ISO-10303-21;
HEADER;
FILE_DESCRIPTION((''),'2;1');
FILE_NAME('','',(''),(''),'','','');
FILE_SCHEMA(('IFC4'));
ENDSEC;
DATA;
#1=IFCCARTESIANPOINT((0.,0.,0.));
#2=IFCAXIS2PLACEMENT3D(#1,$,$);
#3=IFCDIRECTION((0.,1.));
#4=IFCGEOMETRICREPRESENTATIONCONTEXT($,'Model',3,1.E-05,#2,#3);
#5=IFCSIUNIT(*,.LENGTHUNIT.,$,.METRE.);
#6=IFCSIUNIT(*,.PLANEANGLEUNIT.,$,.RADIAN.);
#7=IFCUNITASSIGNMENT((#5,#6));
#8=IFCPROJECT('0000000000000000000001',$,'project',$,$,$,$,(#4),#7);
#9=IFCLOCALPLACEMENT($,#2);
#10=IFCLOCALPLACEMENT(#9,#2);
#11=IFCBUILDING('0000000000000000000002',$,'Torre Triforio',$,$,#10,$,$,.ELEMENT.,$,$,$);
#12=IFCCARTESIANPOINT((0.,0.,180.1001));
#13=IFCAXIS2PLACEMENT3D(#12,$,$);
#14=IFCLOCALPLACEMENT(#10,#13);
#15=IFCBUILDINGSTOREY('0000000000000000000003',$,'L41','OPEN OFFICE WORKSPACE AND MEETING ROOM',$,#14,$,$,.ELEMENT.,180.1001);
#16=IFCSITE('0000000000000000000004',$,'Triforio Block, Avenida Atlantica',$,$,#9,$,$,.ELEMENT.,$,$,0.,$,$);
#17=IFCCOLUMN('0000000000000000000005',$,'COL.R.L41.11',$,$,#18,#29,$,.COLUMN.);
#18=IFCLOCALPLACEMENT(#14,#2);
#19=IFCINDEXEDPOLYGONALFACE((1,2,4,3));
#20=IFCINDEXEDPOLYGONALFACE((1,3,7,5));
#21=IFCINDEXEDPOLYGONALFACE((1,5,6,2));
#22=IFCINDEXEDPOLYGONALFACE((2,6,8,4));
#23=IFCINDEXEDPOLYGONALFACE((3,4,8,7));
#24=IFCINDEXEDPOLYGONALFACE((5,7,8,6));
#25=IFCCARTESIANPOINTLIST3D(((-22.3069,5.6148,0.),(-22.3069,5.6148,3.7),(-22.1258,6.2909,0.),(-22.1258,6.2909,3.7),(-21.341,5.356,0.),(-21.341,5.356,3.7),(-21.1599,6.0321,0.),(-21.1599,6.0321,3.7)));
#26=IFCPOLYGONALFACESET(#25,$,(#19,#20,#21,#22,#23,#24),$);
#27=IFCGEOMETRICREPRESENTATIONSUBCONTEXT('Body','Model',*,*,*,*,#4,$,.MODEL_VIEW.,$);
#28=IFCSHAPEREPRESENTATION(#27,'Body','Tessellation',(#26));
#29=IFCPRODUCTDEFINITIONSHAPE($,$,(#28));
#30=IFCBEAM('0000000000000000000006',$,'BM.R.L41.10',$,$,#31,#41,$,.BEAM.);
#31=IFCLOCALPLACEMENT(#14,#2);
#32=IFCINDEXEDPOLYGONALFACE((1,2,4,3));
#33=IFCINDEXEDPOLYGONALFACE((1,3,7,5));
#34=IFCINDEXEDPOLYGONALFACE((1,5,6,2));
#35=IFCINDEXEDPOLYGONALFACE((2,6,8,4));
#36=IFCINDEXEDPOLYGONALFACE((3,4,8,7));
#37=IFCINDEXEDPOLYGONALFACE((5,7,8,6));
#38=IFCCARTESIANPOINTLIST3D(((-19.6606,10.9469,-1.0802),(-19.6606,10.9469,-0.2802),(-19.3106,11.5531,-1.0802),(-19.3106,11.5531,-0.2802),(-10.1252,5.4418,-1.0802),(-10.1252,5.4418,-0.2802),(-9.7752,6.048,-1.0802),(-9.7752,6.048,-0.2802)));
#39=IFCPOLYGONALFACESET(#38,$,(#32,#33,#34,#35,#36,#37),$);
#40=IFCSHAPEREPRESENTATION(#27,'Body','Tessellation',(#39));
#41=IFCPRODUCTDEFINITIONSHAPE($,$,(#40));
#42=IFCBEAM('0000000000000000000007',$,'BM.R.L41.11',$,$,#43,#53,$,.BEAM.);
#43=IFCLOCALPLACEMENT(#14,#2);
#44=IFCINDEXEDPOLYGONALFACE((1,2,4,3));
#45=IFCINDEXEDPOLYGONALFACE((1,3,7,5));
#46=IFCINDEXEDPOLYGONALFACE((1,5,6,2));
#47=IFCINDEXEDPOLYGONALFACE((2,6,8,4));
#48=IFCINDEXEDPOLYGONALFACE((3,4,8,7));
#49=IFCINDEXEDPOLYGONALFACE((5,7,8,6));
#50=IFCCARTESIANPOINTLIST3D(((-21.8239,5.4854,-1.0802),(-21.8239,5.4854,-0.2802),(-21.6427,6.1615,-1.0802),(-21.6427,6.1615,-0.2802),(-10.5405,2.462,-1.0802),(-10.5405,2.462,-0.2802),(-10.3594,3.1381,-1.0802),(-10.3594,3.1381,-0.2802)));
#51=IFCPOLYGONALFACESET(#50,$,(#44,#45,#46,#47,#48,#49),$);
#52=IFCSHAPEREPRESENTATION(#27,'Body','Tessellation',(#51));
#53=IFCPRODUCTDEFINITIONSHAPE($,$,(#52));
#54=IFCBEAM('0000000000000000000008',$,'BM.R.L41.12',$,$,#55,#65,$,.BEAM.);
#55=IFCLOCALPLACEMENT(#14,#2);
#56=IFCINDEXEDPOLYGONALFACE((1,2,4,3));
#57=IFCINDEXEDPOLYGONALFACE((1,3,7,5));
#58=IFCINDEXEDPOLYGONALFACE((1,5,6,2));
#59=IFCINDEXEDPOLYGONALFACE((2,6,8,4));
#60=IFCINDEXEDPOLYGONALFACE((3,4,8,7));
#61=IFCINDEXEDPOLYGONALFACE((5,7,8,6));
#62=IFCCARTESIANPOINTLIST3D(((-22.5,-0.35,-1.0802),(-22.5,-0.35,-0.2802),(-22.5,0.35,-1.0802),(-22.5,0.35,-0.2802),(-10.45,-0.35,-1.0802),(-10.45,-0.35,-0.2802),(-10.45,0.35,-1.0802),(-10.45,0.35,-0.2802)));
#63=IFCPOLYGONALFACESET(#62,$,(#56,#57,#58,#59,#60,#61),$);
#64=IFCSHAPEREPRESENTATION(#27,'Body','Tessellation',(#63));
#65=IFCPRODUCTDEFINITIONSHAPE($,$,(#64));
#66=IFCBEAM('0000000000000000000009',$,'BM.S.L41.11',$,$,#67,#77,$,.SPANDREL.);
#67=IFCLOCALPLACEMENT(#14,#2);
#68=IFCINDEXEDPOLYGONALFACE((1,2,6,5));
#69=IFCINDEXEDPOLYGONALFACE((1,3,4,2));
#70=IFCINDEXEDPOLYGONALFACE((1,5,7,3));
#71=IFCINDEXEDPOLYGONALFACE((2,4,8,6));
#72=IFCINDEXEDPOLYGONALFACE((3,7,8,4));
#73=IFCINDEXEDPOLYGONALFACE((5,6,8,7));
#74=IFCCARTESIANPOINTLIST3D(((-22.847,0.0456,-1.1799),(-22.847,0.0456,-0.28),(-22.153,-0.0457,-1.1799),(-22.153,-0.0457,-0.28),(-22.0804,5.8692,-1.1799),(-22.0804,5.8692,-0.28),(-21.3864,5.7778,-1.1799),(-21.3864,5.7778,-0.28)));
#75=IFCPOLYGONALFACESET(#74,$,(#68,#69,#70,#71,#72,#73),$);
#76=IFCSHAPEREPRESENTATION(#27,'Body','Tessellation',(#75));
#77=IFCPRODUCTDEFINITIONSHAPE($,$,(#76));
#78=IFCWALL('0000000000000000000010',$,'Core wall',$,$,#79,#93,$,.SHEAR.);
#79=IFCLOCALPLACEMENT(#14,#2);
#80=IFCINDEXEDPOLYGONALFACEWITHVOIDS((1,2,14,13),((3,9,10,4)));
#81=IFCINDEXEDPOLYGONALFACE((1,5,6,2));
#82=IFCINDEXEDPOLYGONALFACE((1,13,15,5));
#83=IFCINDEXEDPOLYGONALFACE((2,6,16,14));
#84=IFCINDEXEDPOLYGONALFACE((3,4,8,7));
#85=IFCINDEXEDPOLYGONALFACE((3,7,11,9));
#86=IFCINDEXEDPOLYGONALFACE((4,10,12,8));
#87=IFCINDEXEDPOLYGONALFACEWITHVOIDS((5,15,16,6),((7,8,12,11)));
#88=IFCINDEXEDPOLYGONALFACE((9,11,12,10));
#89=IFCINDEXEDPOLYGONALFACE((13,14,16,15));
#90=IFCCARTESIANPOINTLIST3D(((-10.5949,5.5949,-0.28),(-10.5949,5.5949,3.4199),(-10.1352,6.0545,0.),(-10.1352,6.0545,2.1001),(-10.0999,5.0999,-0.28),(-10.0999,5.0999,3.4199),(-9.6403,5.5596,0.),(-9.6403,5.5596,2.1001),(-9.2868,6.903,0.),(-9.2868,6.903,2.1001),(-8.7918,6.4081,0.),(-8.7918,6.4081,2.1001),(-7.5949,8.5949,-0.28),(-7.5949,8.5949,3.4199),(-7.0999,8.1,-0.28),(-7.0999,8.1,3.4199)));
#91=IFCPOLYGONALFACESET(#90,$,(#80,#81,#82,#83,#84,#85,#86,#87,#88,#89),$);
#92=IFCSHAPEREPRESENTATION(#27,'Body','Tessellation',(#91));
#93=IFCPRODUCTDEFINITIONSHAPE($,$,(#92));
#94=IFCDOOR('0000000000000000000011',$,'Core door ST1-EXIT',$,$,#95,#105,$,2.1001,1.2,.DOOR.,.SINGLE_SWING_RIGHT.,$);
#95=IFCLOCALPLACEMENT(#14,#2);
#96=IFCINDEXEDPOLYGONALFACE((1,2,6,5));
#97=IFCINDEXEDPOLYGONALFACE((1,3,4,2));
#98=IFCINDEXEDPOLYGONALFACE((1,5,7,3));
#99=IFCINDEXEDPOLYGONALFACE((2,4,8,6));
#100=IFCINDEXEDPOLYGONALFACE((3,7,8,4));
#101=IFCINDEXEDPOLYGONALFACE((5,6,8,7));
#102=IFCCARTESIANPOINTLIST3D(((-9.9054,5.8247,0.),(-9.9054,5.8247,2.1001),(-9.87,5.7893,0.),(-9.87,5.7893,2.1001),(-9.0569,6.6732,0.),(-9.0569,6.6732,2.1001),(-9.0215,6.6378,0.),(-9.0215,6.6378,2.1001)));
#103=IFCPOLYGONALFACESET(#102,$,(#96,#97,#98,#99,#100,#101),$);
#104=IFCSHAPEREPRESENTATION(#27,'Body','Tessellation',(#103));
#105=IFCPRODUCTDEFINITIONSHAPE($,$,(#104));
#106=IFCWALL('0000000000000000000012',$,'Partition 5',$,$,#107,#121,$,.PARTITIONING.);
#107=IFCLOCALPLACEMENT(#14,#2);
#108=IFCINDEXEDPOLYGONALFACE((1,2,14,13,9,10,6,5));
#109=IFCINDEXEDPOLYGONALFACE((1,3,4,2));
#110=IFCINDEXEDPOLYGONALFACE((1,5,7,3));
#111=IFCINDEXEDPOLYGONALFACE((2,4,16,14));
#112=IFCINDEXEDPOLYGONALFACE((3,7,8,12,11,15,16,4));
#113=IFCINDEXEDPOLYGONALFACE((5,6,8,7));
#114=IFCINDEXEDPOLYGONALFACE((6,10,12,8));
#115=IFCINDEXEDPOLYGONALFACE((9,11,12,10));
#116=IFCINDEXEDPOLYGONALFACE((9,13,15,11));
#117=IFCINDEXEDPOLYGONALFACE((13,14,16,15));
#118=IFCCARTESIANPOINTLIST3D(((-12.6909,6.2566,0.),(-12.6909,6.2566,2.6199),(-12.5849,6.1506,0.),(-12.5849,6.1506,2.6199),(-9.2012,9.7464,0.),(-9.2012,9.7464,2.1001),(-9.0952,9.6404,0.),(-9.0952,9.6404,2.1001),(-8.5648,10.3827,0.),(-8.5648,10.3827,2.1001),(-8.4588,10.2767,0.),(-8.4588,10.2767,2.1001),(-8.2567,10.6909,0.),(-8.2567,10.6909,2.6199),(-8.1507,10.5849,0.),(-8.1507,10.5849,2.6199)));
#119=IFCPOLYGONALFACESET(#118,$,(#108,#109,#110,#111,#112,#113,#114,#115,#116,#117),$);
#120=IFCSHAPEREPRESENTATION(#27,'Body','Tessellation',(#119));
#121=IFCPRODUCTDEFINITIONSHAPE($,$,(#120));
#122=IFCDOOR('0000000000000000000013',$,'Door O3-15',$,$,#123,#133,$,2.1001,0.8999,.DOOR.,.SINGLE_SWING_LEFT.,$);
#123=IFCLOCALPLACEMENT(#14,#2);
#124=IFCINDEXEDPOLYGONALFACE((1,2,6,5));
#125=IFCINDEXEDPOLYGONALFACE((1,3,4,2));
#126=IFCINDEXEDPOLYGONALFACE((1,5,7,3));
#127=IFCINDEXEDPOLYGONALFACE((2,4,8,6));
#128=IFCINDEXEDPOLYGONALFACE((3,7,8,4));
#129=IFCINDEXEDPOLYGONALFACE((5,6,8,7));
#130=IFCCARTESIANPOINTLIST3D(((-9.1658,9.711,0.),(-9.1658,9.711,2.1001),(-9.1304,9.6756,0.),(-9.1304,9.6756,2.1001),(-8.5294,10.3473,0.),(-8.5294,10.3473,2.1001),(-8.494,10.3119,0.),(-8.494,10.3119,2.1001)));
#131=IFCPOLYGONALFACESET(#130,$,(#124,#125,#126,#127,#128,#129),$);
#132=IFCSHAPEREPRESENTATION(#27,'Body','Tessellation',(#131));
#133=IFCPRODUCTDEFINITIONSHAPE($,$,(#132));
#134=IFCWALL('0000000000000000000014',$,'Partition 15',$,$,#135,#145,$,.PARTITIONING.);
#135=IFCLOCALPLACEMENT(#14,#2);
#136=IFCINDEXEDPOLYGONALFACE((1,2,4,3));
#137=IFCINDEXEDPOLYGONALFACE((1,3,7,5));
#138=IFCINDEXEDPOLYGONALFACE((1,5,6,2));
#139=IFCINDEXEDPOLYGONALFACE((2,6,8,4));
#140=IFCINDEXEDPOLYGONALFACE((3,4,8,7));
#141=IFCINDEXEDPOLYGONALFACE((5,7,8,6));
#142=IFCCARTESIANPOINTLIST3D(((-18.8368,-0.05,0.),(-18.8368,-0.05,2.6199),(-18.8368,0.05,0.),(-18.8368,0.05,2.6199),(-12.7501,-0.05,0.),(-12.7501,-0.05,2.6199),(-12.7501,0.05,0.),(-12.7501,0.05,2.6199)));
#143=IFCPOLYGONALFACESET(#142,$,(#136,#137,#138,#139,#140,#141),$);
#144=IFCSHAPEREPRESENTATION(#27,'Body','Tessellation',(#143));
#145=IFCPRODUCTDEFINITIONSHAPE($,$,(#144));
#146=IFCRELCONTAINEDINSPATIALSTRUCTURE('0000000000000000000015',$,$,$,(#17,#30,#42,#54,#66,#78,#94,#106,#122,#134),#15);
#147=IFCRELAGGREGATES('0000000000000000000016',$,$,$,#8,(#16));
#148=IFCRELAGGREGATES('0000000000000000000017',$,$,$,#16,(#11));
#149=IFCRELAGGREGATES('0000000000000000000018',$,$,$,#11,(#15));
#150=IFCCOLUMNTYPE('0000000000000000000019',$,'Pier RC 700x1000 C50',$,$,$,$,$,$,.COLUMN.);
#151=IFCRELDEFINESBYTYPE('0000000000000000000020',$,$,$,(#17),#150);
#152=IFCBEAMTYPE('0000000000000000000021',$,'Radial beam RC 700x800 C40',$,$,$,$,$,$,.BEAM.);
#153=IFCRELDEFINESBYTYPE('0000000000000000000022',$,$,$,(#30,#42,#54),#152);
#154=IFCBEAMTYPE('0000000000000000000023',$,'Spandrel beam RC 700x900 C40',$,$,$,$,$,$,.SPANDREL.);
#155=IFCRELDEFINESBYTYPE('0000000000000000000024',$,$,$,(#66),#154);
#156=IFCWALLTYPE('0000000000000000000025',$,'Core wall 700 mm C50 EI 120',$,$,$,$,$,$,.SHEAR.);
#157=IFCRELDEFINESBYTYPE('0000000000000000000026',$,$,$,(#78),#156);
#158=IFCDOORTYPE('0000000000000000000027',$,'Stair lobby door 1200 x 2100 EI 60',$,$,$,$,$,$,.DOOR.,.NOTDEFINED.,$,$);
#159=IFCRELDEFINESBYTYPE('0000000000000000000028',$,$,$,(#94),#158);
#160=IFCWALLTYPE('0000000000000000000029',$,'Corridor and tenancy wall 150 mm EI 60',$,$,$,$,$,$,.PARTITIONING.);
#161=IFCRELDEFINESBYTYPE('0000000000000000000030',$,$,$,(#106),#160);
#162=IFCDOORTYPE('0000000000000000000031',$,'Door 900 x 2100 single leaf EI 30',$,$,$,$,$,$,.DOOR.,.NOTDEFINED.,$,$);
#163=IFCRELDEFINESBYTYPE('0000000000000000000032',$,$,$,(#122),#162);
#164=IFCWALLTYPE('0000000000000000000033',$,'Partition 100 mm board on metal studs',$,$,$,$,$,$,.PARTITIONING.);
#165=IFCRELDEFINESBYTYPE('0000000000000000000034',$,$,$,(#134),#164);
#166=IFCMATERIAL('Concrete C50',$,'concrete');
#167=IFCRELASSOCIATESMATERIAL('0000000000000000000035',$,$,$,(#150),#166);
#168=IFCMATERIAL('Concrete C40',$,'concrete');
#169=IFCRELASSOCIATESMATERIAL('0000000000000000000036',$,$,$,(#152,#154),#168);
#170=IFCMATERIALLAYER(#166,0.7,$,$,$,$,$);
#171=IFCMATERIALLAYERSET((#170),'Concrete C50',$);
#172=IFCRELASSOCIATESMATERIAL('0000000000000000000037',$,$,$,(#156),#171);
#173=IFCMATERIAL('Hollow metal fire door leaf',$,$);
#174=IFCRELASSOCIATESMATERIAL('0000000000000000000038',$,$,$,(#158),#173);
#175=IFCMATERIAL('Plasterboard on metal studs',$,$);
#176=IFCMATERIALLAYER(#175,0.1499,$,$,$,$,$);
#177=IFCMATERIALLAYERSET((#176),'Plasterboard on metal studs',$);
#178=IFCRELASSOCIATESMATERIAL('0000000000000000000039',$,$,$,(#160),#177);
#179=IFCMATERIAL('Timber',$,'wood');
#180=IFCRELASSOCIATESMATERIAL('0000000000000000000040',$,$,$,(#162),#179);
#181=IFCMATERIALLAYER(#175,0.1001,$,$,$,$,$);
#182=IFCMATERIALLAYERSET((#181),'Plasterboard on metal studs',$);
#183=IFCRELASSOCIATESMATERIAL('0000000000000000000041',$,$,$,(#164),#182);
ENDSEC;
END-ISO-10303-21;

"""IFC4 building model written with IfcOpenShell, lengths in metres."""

from ifc_helpers import new_model, si_unit, direction, frame, frame_2d, origin, origin_2d, place, context, subcontext, project, spatial, rectangle, extrude, material, layer, layer_set, material_profile, profile_set, type_object, element, fill, save


model = new_model("IFC4")

# Units and contexts
model_context = context("Model", 3, precision=1e-05, world=origin(), true_north=direction((0.0, 1.0)))
body_context = subcontext(model_context, "Body", "Model", "MODEL_VIEW")
ifc_project = project(units=[si_unit("LENGTHUNIT", "METRE"), si_unit("PLANEANGLEUNIT", "RADIAN")], contexts=[model_context])

# Site, building, storey
site_placement = place(None, origin())
site = spatial("IfcSite", under=ifc_project, at=site_placement, Name="Triforio Block, Avenida Atlantica", CompositionType="ELEMENT", RefElevation=0.0)
building_placement = place(site_placement, origin())
building = spatial("IfcBuilding", under=site, at=building_placement, Name="Torre Triforio", CompositionType="ELEMENT")
storey_placement = place(building_placement, frame((0.0, 0.0, 180.1001)))
storey = spatial("IfcBuildingStorey", under=building, at=storey_placement, Name="L41", Description="OPEN OFFICE WORKSPACE AND MEETING ROOM", CompositionType="ELEMENT", Elevation=180.1001)

# Column
ifc_material_1 = material(Name="Concrete C50", Category="concrete")
ifc_material_profile_1 = material_profile(ifc_material_1, rectangle(XDim=0.7, YDim=1.0, at=origin_2d()), Name="RC 700x1000")
ifc_profile_set_1 = profile_set([ifc_material_profile_1], Name="Concrete C50")
column_type = type_object("IfcColumnType", Name="Pier RC 700x1000 C50", PredefinedType="COLUMN", material=ifc_profile_set_1)
column_placement = place(storey_placement, frame((-21.7334, 5.8235, 0.0), z_axis=(0.0, 0.0, 1.0), x_axis=(-0.258819, -0.965926, 0.0)))
element("IfcColumn", 1, at=column_placement, inside=storey, type_object=column_type, Name="COL.R.L41.11", PredefinedType="COLUMN", context=body_context, shape_type="SweptSolid", body=[
    extrude(rectangle(XDim=0.7, YDim=1.0, at=origin_2d()), origin(), (0.0, 0.0, 1.0), 3.7),
])

# Beams
ifc_material_2 = material(Name="Concrete C40", Category="concrete")
ifc_material_profile_2 = material_profile(ifc_material_2, rectangle(XDim=0.7, YDim=0.8, at=origin_2d()), Name="RC 700x800")
ifc_profile_set_2 = profile_set([ifc_material_profile_2], Name="Concrete C40")
beam_type_1 = type_object("IfcBeamType", Name="Radial beam RC 700x800 C40", PredefinedType="BEAM", material=ifc_profile_set_2)
beam_1_placement = place(storey_placement, frame((-9.9502, 5.7449, -0.6802), z_axis=(-0.866031, 0.499991, 0.0), x_axis=(-0.499991, -0.866031, 0.0)))
element("IfcBeam", 2, at=beam_1_placement, inside=storey, type_object=beam_type_1, Name="BM.R.L41.10", PredefinedType="BEAM", context=body_context, shape_type="SweptSolid", body=[
    extrude(rectangle(XDim=0.7, YDim=0.8, at=origin_2d()), origin(), (0.0, 0.0, 1.0), 11.0105),
])
beam_2_placement = place(storey_placement, frame((-10.45, 2.8, -0.6802), z_axis=(-0.965925, 0.258823, 0.0), x_axis=(-0.258823, -0.965925, 0.0)))
element("IfcBeam", 3, at=beam_2_placement, inside=storey, type_object=beam_type_1, Name="BM.R.L41.11", PredefinedType="BEAM", context=body_context, shape_type="SweptSolid", body=[
    extrude(rectangle(XDim=0.7, YDim=0.8, at=origin_2d()), origin(), (0.0, 0.0, 1.0), 11.6814),
])
beam_3_placement = place(storey_placement, frame((-10.45, 0.0, -0.6802), z_axis=(-1.0, 0.0, 0.0), x_axis=(0.0, -1.0, 0.0)))
element("IfcBeam", 4, at=beam_3_placement, inside=storey, type_object=beam_type_1, Name="BM.R.L41.12", PredefinedType="BEAM", context=body_context, shape_type="SweptSolid", body=[
    extrude(rectangle(XDim=0.7, YDim=0.8, at=origin_2d()), origin(), (0.0, 0.0, 1.0), 12.05),
])
ifc_material_profile_3 = material_profile(ifc_material_2, rectangle(XDim=0.7, YDim=0.8999, at=origin_2d()), Name="RC 700x900")
ifc_profile_set_3 = profile_set([ifc_material_profile_3], Name="Concrete C40")
beam_type_2 = type_object("IfcBeamType", Name="Spandrel beam RC 700x900 C40", PredefinedType="SPANDREL", material=ifc_profile_set_3)
beam_4_placement = place(storey_placement, frame((-21.7334, 5.8235, -0.73), z_axis=(-0.130514, -0.991447, 0.0), x_axis=(0.991447, -0.130514, 0.0)))
element("IfcBeam", 5, at=beam_4_placement, inside=storey, type_object=beam_type_2, Name="BM.S.L41.11", PredefinedType="SPANDREL", context=body_context, shape_type="SweptSolid", body=[
    extrude(rectangle(XDim=0.7, YDim=0.8999, at=origin_2d()), origin(), (0.0, 0.0, 1.0), 5.8738),
])

# Walls, openings, doors
ifc_layer_1 = layer(ifc_material_1, 0.7)
ifc_layer_set_1 = layer_set([ifc_layer_1], Name="Concrete C50")
wall_type_1 = type_object("IfcWallType", Name="Core wall 700 mm C50 EI 120", PredefinedType="SHEAR", material=ifc_layer_set_1)
wall_1_placement = place(storey_placement, frame((-10.3474, 5.3474, -0.28), z_axis=(0.0, 0.0, 1.0), x_axis=(0.707107, 0.707107, 0.0)))
wall_1 = element("IfcWall", 6, at=wall_1_placement, inside=storey, type_object=wall_type_1, Name="Core wall", PredefinedType="SHEAR", context=body_context, shape_type="SweptSolid", body=[
    extrude(rectangle(XDim=4.2427, YDim=0.7, at=frame_2d((2.1213, 0.0))), origin(), (0.0, 0.0, 1.0), 3.7),
])
opening_1_placement = place(wall_1_placement, frame((0.6499, 0.0, 0.28)))
opening_1 = element("IfcOpeningElement", 7, at=opening_1_placement, cuts=wall_1, PredefinedType="OPENING", context=body_context, shape_type="SweptSolid", body=[
    extrude(rectangle(XDim=1.2, YDim=2.1001, at=frame_2d((0.6001, 1.05))), frame((0.0, 0.3599, 0.0), z_axis=(0.0, -1.0, 0.0), x_axis=(1.0, 0.0, 0.0)), (0.0, 0.0, 1.0), 0.72),
])
ifc_material_3 = material(Name="Hollow metal fire door leaf")
door_type_1 = type_object("IfcDoorType", Name="Stair lobby door 1200 x 2100 EI 60", OperationType="NOTDEFINED", PredefinedType="DOOR", material=ifc_material_3)
door_1_placement = place(opening_1_placement, origin())
door_1 = element("IfcDoor", 8, at=door_1_placement, inside=storey, type_object=door_type_1, Name="Core door ST1-EXIT", OperationType="SINGLE_SWING_RIGHT", OverallHeight=2.1001, OverallWidth=1.2, PredefinedType="DOOR", context=body_context, shape_type="SweptSolid", body=[
    extrude(rectangle(XDim=1.2, YDim=2.1001, at=frame_2d((0.6001, 1.05))), frame((0.0, 0.0249, 0.0), z_axis=(0.0, -1.0, 0.0), x_axis=(1.0, 0.0, 0.0)), (0.0, 0.0, 1.0), 0.05),
])
fill(opening_1, door_1)
ifc_material_4 = material(Name="Plasterboard on metal studs")
ifc_layer_2 = layer(ifc_material_4, 0.1499)
ifc_layer_set_2 = layer_set([ifc_layer_2], Name="Plasterboard on metal studs")
wall_type_2 = type_object("IfcWallType", Name="Corridor and tenancy wall 150 mm EI 60", PredefinedType="PARTITIONING", material=ifc_layer_set_2)
wall_2_placement = place(storey_placement, frame((-12.6379, 6.2036, 0.0), z_axis=(0.0, 0.0, 1.0), x_axis=(0.707107, 0.707107, 0.0)))
wall_2 = element("IfcWall", 9, at=wall_2_placement, inside=storey, type_object=wall_type_2, Name="Partition 5", PredefinedType="PARTITIONING", context=body_context, shape_type="SweptSolid", body=[
    extrude(rectangle(XDim=6.271, YDim=0.1499, at=frame_2d((3.1355, 0.0))), origin(), (0.0, 0.0, 1.0), 2.6199),
])
opening_2_placement = place(wall_2_placement, frame((4.9353, 0.0, 0.0)))
opening_2 = element("IfcOpeningElement", 10, at=opening_2_placement, cuts=wall_2, PredefinedType="OPENING", context=body_context, shape_type="SweptSolid", body=[
    extrude(rectangle(XDim=0.8999, YDim=2.1001, at=frame_2d((0.45, 1.05))), frame((0.0, 0.085, 0.0), z_axis=(0.0, -1.0, 0.0), x_axis=(1.0, 0.0, 0.0)), (0.0, 0.0, 1.0), 0.1699),
])
ifc_material_5 = material(Name="Timber", Category="wood")
door_type_2 = type_object("IfcDoorType", Name="Door 900 x 2100 single leaf EI 30", OperationType="NOTDEFINED", PredefinedType="DOOR", material=ifc_material_5)
door_2_placement = place(opening_2_placement, origin())
door_2 = element("IfcDoor", 11, at=door_2_placement, inside=storey, type_object=door_type_2, Name="Door O3-15", OperationType="SINGLE_SWING_LEFT", OverallHeight=2.1001, OverallWidth=0.8999, PredefinedType="DOOR", context=body_context, shape_type="SweptSolid", body=[
    extrude(rectangle(XDim=0.8999, YDim=2.1001, at=frame_2d((0.45, 1.05))), frame((0.0, 0.0249, 0.0), z_axis=(0.0, -1.0, 0.0), x_axis=(1.0, 0.0, 0.0)), (0.0, 0.0, 1.0), 0.05),
])
fill(opening_2, door_2)

# Wall
ifc_layer_3 = layer(ifc_material_4, 0.1001)
ifc_layer_set_3 = layer_set([ifc_layer_3], Name="Plasterboard on metal studs")
wall_type_3 = type_object("IfcWallType", Name="Partition 100 mm board on metal studs", PredefinedType="PARTITIONING", material=ifc_layer_set_3)
wall_3_placement = place(storey_placement, frame((-12.75, 0.0, 0.0), z_axis=(0.0, 0.0, 1.0), x_axis=(-1.0, 0.0, 0.0)))
element("IfcWall", 12, at=wall_3_placement, inside=storey, type_object=wall_type_3, Name="Partition 15", PredefinedType="PARTITIONING", context=body_context, shape_type="SweptSolid", body=[
    extrude(rectangle(XDim=6.0867, YDim=0.1001, at=frame_2d((3.0435, 0.0))), origin(), (0.0, 0.0, 1.0), 2.6199),
])

save(model, "model.ifc")
